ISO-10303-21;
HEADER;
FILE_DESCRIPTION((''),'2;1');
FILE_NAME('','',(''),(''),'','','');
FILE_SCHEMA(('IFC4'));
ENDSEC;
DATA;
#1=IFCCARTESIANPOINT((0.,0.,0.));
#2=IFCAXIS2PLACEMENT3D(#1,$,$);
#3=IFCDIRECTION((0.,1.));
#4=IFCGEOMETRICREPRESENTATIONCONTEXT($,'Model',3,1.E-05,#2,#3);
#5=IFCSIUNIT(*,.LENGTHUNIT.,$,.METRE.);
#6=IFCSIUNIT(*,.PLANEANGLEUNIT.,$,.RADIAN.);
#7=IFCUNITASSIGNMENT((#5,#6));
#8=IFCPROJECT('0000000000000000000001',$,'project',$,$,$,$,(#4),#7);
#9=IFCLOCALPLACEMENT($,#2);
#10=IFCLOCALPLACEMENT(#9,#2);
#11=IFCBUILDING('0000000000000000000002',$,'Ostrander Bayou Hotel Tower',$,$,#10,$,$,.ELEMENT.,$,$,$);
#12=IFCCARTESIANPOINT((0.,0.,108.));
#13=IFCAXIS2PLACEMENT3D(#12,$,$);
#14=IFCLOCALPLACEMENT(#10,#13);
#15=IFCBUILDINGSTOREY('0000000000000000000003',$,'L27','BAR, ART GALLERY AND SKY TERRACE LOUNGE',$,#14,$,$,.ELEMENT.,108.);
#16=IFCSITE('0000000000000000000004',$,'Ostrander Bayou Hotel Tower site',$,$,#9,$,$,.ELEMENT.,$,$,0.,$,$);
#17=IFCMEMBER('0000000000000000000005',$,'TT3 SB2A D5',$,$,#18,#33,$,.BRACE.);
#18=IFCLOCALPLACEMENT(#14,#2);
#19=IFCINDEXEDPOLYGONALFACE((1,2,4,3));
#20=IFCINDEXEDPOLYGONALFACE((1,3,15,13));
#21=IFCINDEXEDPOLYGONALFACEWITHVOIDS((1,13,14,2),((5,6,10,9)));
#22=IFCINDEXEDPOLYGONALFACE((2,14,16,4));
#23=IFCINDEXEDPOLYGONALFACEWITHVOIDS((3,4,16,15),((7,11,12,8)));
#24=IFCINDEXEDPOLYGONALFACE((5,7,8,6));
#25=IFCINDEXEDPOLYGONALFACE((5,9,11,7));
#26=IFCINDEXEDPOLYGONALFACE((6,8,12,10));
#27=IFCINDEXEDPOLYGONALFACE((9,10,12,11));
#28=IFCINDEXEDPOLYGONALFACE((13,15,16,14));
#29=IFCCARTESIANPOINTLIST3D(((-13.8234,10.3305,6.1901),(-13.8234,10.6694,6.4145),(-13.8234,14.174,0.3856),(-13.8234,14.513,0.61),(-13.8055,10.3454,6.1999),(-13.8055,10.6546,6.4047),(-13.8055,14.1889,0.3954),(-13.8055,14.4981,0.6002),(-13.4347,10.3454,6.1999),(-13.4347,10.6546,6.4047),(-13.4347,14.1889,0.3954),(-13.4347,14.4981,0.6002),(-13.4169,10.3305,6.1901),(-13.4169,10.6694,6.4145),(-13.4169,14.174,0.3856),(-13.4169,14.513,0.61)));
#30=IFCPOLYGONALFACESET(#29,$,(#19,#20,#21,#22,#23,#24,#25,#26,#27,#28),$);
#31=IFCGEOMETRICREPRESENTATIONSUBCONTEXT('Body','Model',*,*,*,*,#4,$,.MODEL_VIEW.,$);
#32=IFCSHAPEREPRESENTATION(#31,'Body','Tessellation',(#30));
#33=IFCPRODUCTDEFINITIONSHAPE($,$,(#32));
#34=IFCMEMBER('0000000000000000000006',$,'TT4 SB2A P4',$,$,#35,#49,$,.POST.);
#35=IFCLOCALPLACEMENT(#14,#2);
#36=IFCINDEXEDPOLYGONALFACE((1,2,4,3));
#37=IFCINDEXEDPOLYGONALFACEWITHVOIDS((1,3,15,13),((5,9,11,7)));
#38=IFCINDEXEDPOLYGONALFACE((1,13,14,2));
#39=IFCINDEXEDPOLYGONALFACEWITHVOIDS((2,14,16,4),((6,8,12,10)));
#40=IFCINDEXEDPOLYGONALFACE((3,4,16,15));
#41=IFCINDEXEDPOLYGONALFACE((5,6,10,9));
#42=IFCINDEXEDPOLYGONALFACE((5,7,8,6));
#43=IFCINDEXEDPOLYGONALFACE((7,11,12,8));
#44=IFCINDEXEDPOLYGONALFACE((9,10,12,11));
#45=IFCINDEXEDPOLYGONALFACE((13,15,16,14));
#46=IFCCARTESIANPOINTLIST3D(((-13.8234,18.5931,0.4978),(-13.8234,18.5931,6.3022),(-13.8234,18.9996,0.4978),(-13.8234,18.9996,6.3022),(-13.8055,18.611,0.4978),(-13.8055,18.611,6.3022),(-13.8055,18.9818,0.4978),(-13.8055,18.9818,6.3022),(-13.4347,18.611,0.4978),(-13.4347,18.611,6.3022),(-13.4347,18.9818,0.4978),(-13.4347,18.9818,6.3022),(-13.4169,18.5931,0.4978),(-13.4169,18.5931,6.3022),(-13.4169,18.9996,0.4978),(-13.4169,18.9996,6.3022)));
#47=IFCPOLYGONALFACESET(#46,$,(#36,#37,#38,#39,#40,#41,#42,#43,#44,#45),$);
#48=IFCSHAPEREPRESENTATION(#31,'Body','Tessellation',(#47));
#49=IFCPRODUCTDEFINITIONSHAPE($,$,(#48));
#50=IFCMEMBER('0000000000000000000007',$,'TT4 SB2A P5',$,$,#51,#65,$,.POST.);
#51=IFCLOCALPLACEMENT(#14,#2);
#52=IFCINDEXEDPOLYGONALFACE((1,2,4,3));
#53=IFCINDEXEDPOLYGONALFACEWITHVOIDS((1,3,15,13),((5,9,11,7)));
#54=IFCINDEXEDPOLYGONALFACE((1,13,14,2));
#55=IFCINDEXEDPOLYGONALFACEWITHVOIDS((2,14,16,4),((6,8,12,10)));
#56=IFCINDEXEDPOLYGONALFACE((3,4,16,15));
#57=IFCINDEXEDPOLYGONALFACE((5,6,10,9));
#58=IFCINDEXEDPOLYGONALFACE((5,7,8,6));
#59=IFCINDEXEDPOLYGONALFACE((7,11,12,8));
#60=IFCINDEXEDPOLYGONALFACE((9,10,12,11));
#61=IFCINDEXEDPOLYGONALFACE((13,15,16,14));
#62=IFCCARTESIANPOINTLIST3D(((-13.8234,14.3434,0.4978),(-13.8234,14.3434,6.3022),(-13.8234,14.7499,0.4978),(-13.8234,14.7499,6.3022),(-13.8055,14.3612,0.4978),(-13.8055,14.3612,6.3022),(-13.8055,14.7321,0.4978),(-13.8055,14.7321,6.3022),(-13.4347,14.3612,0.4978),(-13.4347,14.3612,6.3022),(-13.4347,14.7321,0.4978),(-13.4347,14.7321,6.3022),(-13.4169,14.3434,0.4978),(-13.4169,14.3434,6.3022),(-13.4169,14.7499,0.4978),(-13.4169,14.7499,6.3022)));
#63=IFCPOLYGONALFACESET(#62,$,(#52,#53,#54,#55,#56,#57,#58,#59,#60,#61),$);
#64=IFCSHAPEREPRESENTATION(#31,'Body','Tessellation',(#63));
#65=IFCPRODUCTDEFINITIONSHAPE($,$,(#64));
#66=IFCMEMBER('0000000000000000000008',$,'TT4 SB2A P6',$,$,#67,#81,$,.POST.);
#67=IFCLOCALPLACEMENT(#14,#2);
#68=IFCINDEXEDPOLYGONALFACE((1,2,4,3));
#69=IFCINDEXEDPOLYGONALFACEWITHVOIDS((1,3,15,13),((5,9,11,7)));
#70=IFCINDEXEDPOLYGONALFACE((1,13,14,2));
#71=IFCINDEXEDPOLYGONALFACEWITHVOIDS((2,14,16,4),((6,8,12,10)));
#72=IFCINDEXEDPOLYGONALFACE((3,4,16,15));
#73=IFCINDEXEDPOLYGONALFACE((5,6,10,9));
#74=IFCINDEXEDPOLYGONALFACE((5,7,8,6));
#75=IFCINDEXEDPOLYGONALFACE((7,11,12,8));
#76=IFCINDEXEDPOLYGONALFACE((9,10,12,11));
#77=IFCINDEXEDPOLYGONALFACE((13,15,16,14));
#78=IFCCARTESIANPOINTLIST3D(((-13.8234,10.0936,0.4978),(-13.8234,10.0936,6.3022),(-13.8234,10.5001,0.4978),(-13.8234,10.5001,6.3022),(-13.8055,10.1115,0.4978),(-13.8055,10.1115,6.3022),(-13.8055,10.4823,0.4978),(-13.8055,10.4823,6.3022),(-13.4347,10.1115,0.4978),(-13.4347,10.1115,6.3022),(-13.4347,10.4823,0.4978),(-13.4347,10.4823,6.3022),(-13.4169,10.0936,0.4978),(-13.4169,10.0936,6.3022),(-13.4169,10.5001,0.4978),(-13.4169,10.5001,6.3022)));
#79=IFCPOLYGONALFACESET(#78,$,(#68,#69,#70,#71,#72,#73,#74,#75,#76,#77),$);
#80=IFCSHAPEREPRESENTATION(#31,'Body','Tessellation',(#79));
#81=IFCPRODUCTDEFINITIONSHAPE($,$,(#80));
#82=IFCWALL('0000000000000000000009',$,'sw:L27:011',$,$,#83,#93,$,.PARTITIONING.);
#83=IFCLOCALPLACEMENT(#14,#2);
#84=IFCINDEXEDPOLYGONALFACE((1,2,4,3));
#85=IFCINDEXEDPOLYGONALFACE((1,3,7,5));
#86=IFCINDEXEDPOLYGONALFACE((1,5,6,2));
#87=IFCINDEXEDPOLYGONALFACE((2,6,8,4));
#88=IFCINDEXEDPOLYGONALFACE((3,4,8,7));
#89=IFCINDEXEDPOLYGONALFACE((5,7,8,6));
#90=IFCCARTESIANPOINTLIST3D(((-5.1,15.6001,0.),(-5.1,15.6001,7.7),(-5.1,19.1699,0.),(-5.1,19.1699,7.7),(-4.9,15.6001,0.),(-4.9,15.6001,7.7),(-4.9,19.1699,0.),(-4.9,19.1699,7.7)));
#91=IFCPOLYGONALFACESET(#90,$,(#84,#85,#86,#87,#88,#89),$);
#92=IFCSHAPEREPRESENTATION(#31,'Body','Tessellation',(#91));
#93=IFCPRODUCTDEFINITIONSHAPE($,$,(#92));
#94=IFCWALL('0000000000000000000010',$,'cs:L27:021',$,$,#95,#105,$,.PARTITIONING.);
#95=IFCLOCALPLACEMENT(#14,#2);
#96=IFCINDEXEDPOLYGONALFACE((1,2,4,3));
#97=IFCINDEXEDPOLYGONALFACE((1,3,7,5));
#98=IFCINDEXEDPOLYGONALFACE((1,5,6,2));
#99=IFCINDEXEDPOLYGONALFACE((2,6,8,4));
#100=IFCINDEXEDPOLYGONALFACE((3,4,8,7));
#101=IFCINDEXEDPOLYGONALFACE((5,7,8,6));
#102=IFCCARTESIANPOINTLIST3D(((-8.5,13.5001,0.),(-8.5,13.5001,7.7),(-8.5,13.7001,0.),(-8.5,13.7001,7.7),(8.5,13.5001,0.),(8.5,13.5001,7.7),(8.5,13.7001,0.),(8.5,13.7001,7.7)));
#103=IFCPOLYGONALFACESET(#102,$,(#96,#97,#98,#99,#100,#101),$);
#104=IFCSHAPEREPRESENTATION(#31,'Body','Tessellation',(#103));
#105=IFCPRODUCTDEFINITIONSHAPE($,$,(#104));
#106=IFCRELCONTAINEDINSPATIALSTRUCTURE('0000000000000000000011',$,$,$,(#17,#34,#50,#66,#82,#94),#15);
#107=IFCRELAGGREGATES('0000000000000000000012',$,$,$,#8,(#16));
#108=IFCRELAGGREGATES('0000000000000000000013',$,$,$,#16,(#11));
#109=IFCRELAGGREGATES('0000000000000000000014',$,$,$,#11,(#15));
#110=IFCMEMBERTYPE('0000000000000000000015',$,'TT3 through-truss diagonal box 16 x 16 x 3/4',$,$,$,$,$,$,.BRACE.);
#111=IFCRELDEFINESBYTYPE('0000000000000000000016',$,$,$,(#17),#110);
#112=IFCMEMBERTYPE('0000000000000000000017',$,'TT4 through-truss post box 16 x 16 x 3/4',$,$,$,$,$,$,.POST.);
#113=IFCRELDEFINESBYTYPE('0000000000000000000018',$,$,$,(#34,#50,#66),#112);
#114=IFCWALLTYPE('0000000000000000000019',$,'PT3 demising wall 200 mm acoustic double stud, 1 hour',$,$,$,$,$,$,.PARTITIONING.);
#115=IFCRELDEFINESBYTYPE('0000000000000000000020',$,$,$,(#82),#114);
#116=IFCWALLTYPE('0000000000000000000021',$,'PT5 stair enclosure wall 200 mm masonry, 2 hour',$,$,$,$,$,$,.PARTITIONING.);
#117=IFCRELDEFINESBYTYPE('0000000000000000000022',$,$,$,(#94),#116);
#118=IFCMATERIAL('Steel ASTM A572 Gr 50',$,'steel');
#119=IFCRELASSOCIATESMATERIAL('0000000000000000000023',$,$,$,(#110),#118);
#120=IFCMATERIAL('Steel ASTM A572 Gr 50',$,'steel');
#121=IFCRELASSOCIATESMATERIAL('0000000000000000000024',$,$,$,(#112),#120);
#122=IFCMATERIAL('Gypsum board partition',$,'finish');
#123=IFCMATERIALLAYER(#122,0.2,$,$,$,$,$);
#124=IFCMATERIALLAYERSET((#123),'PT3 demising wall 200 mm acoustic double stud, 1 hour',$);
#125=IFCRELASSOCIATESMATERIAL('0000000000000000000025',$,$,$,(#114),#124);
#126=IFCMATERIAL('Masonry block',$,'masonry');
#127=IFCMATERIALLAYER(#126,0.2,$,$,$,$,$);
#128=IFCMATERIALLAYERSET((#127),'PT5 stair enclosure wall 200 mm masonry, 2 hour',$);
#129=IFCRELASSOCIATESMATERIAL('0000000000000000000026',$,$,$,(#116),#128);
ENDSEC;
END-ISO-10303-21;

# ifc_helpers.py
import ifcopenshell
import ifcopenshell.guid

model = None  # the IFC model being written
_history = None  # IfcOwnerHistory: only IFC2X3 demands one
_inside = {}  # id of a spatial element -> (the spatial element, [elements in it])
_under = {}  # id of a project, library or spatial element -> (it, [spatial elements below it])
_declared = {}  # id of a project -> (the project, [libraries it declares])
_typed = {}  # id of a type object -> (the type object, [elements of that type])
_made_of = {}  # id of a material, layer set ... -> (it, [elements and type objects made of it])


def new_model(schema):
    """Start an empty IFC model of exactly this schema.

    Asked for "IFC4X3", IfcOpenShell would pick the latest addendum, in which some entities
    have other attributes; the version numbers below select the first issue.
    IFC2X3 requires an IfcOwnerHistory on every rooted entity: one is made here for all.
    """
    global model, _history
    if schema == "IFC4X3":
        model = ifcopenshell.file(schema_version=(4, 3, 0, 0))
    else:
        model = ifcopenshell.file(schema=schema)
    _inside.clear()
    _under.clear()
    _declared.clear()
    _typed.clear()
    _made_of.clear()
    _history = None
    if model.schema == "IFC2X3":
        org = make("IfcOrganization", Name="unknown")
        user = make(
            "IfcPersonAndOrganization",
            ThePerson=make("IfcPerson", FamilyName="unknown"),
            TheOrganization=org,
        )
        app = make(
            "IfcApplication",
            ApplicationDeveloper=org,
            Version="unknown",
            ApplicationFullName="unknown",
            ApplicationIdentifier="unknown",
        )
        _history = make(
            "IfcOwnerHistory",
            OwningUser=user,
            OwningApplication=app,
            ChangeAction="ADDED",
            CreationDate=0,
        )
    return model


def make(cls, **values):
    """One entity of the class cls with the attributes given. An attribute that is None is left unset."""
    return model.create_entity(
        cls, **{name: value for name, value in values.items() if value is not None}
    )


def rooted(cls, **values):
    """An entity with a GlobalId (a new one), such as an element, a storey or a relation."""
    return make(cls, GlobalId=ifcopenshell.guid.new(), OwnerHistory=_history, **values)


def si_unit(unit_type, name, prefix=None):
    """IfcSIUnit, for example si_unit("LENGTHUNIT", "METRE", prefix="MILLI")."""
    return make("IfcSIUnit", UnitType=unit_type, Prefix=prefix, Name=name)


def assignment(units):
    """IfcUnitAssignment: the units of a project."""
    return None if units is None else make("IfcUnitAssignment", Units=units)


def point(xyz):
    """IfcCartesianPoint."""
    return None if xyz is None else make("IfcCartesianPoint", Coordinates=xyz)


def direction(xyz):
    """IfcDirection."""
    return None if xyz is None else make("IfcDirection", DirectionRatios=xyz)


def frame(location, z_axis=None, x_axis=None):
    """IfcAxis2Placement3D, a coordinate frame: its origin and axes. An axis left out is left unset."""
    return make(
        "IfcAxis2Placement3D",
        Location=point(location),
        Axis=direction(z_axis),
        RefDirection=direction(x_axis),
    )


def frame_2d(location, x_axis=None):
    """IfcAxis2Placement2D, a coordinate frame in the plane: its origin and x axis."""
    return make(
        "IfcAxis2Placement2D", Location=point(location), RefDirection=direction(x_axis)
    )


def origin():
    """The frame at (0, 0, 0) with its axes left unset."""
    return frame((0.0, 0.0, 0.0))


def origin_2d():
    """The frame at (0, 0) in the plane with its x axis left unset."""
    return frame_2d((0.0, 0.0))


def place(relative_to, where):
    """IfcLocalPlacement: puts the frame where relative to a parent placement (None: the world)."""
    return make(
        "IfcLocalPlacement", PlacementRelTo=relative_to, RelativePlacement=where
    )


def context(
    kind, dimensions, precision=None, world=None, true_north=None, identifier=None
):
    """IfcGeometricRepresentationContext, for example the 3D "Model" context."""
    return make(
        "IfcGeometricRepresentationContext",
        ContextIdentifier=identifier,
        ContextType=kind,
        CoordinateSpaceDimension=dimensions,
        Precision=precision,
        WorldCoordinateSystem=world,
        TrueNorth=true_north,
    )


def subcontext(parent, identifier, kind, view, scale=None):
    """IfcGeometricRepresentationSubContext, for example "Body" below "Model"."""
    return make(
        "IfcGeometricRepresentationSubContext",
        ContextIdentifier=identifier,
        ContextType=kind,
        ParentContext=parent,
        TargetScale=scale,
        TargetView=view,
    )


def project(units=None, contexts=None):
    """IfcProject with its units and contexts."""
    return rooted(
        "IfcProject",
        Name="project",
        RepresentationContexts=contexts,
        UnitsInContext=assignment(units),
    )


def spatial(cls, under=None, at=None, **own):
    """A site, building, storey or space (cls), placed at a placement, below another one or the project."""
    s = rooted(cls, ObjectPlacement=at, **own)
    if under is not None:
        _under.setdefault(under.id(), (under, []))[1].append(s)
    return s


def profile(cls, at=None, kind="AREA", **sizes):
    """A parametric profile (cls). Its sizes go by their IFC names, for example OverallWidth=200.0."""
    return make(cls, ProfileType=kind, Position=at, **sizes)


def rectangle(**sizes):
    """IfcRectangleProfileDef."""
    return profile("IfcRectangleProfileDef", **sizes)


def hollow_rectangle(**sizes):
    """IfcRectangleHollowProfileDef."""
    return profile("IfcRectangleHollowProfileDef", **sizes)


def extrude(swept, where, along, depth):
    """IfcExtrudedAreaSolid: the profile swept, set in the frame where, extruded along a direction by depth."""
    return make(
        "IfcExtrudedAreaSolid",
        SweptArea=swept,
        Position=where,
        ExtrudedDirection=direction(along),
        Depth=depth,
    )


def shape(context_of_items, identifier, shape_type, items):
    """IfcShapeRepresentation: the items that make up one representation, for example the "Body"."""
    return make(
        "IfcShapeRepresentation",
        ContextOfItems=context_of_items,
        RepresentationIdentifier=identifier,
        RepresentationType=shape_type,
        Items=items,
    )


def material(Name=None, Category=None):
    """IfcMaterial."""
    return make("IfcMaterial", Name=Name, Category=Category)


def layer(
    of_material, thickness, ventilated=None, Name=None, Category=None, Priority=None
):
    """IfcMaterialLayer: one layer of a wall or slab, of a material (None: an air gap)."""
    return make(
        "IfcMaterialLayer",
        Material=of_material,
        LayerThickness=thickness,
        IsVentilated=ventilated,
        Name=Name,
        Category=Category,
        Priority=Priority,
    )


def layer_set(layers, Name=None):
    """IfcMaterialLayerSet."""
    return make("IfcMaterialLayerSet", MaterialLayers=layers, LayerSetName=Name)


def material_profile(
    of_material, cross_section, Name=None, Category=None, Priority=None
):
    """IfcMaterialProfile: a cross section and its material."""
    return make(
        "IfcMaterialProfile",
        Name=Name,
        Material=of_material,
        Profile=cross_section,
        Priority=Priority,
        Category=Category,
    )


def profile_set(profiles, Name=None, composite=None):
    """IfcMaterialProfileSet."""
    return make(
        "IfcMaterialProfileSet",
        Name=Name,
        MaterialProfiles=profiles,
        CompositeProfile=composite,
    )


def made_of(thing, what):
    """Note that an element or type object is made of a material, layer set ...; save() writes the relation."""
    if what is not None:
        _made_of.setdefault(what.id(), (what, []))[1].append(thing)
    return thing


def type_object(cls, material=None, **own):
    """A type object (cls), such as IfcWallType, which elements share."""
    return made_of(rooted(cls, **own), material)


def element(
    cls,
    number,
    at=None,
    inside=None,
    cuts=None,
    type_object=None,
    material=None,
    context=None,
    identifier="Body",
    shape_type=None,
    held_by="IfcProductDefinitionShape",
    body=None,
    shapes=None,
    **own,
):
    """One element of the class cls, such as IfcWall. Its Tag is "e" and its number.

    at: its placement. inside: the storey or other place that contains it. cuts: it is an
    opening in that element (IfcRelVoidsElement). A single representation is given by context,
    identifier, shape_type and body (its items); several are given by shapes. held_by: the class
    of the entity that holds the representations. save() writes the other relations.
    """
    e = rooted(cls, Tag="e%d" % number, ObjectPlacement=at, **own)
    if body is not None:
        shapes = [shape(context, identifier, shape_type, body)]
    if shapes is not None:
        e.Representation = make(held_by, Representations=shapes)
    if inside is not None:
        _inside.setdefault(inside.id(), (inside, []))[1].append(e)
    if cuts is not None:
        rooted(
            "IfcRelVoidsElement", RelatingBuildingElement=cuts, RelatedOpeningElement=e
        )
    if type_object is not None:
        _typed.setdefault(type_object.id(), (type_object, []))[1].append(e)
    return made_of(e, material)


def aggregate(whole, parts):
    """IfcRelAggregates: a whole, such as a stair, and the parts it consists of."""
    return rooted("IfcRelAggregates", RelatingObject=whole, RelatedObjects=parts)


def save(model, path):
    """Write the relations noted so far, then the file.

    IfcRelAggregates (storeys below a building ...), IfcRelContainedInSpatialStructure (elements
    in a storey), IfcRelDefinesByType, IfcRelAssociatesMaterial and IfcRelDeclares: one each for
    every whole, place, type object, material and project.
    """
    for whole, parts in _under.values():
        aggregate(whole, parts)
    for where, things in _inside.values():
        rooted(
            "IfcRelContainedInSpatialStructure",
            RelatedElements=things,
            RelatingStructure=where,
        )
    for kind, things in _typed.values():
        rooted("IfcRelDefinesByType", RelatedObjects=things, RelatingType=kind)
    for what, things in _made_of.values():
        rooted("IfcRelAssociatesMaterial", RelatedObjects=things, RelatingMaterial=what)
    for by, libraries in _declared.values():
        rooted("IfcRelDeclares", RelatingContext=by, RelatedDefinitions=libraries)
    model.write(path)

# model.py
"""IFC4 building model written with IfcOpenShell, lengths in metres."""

from ifc_helpers import new_model, si_unit, direction, frame, frame_2d, origin, origin_2d, place, context, subcontext, project, spatial, rectangle, hollow_rectangle, extrude, material, layer, layer_set, material_profile, profile_set, type_object, element, save


model = new_model("IFC4")

# Units and contexts
model_context = context("Model", 3, precision=1e-05, world=origin(), true_north=direction((0.0, 1.0)))
body_context = subcontext(model_context, "Body", "Model", "MODEL_VIEW")
ifc_project = project(units=[si_unit("LENGTHUNIT", "METRE"), si_unit("PLANEANGLEUNIT", "RADIAN")], contexts=[model_context])

# Site, building, storey
site_placement = place(None, origin())
site = spatial("IfcSite", under=ifc_project, at=site_placement, Name="Ostrander Bayou Hotel Tower site", CompositionType="ELEMENT", RefElevation=0.0)
building_placement = place(site_placement, origin())
building = spatial("IfcBuilding", under=site, at=building_placement, Name="Ostrander Bayou Hotel Tower", CompositionType="ELEMENT")
storey_placement = place(building_placement, frame((0.0, 0.0, 108.0)))
storey = spatial("IfcBuildingStorey", under=building, at=storey_placement, Name="L27", Description="BAR, ART GALLERY AND SKY TERRACE LOUNGE", CompositionType="ELEMENT", Elevation=108.0)

# Members
ifc_material_1 = material(Name="Steel ASTM A572 Gr 50", Category="steel")
ifc_material_profile_1 = material_profile(ifc_material_1, hollow_rectangle(XDim=0.4065, YDim=0.4065, WallThickness=0.0178, at=origin_2d()))
ifc_profile_set_1 = profile_set([ifc_material_profile_1], Name="Steel ASTM A572 Gr 50")
member_type_1 = type_object("IfcMemberType", Name="TT3 through-truss diagonal box 16 x 16 x 3/4", PredefinedType="BRACE", material=ifc_profile_set_1)
member_placement = place(storey_placement, frame((-13.6201, 14.3435, 0.4978), z_axis=(0.0, -0.5521, 0.833778), x_axis=(1.0, 0.0, 0.0)))
element("IfcMember", 1, at=member_placement, inside=storey, type_object=member_type_1, Name="TT3 SB2A D5", PredefinedType="BRACE", context=body_context, shape_type="SweptSolid", body=[
    extrude(hollow_rectangle(XDim=0.4065, YDim=0.4065, WallThickness=0.0178, at=origin_2d()), origin(), (0.0, 0.0, 1.0), 6.9617),
])
ifc_material_2 = material(Name="Steel ASTM A572 Gr 50", Category="steel")
ifc_material_profile_2 = material_profile(ifc_material_2, hollow_rectangle(XDim=0.4065, YDim=0.4065, WallThickness=0.0178, at=origin_2d()))
ifc_profile_set_2 = profile_set([ifc_material_profile_2], Name="Steel ASTM A572 Gr 50")
member_type_2 = type_object("IfcMemberType", Name="TT4 through-truss post box 16 x 16 x 3/4", PredefinedType="POST", material=ifc_profile_set_2)
for number, where, z_axis, x_axis, name in (
    (2, (-13.6201, 18.7964, 0.4978), (0.0, 0.0, 1.0), (1.0, 0.0, 0.0), "TT4 SB2A P4"),
    (3, (-13.6201, 14.5466, 0.4978), (0.0, 0.0, 1.0), (1.0, 0.0, 0.0), "TT4 SB2A P5"),
    (4, (-13.6201, 10.2969, 0.4978), (0.0, 0.0, 1.0), (1.0, 0.0, 0.0), "TT4 SB2A P6"),
):
    element("IfcMember", number, at=place(storey_placement, frame(where, z_axis=z_axis, x_axis=x_axis)), inside=storey, type_object=member_type_2, Name=name, PredefinedType="POST", context=body_context, shape_type="SweptSolid", body=[
        extrude(hollow_rectangle(XDim=0.4065, YDim=0.4065, WallThickness=0.0178, at=origin_2d()), origin(), (0.0, 0.0, 1.0), 5.8044),
    ])

# Shared definitions
ifc_material_3 = material(Name="Gypsum board partition", Category="finish")
ifc_layer_1 = layer(ifc_material_3, 0.2)
ifc_layer_set_1 = layer_set([ifc_layer_1], Name="PT3 demising wall 200 mm acoustic double stud, 1 hour")
wall_type_1 = type_object("IfcWallType", Name="PT3 demising wall 200 mm acoustic double stud, 1 hour", PredefinedType="PARTITIONING", material=ifc_layer_set_1)

# Wall
wall_1_placement = place(storey_placement, frame((-5.0, 15.6001, 0.0), z_axis=(0.0, 0.0, 1.0), x_axis=(0.0, 1.0, 0.0)))
element("IfcWall", 5, at=wall_1_placement, inside=storey, type_object=wall_type_1, Name="sw:L27:011", PredefinedType="PARTITIONING", context=body_context, shape_type="SweptSolid", body=[
    extrude(rectangle(XDim=3.5698, YDim=0.2, at=frame_2d((1.7849, 0.0))), origin(), (0.0, 0.0, 1.0), 7.7),
])

# Wall
ifc_material_4 = material(Name="Masonry block", Category="masonry")
ifc_layer_2 = layer(ifc_material_4, 0.2)
ifc_layer_set_2 = layer_set([ifc_layer_2], Name="PT5 stair enclosure wall 200 mm masonry, 2 hour")
wall_type_2 = type_object("IfcWallType", Name="PT5 stair enclosure wall 200 mm masonry, 2 hour", PredefinedType="PARTITIONING", material=ifc_layer_set_2)
wall_2_placement = place(storey_placement, frame((-8.5, 13.6001, 0.0), z_axis=(0.0, 0.0, 1.0), x_axis=(1.0, 0.0, 0.0)))
element("IfcWall", 6, at=wall_2_placement, inside=storey, type_object=wall_type_2, Name="cs:L27:021", PredefinedType="PARTITIONING", context=body_context, shape_type="SweptSolid", body=[
    extrude(rectangle(XDim=17.0, YDim=0.2, at=frame_2d((8.5, 0.0))), origin(), (0.0, 0.0, 1.0), 7.7),
])

save(model, "model.ifc")
